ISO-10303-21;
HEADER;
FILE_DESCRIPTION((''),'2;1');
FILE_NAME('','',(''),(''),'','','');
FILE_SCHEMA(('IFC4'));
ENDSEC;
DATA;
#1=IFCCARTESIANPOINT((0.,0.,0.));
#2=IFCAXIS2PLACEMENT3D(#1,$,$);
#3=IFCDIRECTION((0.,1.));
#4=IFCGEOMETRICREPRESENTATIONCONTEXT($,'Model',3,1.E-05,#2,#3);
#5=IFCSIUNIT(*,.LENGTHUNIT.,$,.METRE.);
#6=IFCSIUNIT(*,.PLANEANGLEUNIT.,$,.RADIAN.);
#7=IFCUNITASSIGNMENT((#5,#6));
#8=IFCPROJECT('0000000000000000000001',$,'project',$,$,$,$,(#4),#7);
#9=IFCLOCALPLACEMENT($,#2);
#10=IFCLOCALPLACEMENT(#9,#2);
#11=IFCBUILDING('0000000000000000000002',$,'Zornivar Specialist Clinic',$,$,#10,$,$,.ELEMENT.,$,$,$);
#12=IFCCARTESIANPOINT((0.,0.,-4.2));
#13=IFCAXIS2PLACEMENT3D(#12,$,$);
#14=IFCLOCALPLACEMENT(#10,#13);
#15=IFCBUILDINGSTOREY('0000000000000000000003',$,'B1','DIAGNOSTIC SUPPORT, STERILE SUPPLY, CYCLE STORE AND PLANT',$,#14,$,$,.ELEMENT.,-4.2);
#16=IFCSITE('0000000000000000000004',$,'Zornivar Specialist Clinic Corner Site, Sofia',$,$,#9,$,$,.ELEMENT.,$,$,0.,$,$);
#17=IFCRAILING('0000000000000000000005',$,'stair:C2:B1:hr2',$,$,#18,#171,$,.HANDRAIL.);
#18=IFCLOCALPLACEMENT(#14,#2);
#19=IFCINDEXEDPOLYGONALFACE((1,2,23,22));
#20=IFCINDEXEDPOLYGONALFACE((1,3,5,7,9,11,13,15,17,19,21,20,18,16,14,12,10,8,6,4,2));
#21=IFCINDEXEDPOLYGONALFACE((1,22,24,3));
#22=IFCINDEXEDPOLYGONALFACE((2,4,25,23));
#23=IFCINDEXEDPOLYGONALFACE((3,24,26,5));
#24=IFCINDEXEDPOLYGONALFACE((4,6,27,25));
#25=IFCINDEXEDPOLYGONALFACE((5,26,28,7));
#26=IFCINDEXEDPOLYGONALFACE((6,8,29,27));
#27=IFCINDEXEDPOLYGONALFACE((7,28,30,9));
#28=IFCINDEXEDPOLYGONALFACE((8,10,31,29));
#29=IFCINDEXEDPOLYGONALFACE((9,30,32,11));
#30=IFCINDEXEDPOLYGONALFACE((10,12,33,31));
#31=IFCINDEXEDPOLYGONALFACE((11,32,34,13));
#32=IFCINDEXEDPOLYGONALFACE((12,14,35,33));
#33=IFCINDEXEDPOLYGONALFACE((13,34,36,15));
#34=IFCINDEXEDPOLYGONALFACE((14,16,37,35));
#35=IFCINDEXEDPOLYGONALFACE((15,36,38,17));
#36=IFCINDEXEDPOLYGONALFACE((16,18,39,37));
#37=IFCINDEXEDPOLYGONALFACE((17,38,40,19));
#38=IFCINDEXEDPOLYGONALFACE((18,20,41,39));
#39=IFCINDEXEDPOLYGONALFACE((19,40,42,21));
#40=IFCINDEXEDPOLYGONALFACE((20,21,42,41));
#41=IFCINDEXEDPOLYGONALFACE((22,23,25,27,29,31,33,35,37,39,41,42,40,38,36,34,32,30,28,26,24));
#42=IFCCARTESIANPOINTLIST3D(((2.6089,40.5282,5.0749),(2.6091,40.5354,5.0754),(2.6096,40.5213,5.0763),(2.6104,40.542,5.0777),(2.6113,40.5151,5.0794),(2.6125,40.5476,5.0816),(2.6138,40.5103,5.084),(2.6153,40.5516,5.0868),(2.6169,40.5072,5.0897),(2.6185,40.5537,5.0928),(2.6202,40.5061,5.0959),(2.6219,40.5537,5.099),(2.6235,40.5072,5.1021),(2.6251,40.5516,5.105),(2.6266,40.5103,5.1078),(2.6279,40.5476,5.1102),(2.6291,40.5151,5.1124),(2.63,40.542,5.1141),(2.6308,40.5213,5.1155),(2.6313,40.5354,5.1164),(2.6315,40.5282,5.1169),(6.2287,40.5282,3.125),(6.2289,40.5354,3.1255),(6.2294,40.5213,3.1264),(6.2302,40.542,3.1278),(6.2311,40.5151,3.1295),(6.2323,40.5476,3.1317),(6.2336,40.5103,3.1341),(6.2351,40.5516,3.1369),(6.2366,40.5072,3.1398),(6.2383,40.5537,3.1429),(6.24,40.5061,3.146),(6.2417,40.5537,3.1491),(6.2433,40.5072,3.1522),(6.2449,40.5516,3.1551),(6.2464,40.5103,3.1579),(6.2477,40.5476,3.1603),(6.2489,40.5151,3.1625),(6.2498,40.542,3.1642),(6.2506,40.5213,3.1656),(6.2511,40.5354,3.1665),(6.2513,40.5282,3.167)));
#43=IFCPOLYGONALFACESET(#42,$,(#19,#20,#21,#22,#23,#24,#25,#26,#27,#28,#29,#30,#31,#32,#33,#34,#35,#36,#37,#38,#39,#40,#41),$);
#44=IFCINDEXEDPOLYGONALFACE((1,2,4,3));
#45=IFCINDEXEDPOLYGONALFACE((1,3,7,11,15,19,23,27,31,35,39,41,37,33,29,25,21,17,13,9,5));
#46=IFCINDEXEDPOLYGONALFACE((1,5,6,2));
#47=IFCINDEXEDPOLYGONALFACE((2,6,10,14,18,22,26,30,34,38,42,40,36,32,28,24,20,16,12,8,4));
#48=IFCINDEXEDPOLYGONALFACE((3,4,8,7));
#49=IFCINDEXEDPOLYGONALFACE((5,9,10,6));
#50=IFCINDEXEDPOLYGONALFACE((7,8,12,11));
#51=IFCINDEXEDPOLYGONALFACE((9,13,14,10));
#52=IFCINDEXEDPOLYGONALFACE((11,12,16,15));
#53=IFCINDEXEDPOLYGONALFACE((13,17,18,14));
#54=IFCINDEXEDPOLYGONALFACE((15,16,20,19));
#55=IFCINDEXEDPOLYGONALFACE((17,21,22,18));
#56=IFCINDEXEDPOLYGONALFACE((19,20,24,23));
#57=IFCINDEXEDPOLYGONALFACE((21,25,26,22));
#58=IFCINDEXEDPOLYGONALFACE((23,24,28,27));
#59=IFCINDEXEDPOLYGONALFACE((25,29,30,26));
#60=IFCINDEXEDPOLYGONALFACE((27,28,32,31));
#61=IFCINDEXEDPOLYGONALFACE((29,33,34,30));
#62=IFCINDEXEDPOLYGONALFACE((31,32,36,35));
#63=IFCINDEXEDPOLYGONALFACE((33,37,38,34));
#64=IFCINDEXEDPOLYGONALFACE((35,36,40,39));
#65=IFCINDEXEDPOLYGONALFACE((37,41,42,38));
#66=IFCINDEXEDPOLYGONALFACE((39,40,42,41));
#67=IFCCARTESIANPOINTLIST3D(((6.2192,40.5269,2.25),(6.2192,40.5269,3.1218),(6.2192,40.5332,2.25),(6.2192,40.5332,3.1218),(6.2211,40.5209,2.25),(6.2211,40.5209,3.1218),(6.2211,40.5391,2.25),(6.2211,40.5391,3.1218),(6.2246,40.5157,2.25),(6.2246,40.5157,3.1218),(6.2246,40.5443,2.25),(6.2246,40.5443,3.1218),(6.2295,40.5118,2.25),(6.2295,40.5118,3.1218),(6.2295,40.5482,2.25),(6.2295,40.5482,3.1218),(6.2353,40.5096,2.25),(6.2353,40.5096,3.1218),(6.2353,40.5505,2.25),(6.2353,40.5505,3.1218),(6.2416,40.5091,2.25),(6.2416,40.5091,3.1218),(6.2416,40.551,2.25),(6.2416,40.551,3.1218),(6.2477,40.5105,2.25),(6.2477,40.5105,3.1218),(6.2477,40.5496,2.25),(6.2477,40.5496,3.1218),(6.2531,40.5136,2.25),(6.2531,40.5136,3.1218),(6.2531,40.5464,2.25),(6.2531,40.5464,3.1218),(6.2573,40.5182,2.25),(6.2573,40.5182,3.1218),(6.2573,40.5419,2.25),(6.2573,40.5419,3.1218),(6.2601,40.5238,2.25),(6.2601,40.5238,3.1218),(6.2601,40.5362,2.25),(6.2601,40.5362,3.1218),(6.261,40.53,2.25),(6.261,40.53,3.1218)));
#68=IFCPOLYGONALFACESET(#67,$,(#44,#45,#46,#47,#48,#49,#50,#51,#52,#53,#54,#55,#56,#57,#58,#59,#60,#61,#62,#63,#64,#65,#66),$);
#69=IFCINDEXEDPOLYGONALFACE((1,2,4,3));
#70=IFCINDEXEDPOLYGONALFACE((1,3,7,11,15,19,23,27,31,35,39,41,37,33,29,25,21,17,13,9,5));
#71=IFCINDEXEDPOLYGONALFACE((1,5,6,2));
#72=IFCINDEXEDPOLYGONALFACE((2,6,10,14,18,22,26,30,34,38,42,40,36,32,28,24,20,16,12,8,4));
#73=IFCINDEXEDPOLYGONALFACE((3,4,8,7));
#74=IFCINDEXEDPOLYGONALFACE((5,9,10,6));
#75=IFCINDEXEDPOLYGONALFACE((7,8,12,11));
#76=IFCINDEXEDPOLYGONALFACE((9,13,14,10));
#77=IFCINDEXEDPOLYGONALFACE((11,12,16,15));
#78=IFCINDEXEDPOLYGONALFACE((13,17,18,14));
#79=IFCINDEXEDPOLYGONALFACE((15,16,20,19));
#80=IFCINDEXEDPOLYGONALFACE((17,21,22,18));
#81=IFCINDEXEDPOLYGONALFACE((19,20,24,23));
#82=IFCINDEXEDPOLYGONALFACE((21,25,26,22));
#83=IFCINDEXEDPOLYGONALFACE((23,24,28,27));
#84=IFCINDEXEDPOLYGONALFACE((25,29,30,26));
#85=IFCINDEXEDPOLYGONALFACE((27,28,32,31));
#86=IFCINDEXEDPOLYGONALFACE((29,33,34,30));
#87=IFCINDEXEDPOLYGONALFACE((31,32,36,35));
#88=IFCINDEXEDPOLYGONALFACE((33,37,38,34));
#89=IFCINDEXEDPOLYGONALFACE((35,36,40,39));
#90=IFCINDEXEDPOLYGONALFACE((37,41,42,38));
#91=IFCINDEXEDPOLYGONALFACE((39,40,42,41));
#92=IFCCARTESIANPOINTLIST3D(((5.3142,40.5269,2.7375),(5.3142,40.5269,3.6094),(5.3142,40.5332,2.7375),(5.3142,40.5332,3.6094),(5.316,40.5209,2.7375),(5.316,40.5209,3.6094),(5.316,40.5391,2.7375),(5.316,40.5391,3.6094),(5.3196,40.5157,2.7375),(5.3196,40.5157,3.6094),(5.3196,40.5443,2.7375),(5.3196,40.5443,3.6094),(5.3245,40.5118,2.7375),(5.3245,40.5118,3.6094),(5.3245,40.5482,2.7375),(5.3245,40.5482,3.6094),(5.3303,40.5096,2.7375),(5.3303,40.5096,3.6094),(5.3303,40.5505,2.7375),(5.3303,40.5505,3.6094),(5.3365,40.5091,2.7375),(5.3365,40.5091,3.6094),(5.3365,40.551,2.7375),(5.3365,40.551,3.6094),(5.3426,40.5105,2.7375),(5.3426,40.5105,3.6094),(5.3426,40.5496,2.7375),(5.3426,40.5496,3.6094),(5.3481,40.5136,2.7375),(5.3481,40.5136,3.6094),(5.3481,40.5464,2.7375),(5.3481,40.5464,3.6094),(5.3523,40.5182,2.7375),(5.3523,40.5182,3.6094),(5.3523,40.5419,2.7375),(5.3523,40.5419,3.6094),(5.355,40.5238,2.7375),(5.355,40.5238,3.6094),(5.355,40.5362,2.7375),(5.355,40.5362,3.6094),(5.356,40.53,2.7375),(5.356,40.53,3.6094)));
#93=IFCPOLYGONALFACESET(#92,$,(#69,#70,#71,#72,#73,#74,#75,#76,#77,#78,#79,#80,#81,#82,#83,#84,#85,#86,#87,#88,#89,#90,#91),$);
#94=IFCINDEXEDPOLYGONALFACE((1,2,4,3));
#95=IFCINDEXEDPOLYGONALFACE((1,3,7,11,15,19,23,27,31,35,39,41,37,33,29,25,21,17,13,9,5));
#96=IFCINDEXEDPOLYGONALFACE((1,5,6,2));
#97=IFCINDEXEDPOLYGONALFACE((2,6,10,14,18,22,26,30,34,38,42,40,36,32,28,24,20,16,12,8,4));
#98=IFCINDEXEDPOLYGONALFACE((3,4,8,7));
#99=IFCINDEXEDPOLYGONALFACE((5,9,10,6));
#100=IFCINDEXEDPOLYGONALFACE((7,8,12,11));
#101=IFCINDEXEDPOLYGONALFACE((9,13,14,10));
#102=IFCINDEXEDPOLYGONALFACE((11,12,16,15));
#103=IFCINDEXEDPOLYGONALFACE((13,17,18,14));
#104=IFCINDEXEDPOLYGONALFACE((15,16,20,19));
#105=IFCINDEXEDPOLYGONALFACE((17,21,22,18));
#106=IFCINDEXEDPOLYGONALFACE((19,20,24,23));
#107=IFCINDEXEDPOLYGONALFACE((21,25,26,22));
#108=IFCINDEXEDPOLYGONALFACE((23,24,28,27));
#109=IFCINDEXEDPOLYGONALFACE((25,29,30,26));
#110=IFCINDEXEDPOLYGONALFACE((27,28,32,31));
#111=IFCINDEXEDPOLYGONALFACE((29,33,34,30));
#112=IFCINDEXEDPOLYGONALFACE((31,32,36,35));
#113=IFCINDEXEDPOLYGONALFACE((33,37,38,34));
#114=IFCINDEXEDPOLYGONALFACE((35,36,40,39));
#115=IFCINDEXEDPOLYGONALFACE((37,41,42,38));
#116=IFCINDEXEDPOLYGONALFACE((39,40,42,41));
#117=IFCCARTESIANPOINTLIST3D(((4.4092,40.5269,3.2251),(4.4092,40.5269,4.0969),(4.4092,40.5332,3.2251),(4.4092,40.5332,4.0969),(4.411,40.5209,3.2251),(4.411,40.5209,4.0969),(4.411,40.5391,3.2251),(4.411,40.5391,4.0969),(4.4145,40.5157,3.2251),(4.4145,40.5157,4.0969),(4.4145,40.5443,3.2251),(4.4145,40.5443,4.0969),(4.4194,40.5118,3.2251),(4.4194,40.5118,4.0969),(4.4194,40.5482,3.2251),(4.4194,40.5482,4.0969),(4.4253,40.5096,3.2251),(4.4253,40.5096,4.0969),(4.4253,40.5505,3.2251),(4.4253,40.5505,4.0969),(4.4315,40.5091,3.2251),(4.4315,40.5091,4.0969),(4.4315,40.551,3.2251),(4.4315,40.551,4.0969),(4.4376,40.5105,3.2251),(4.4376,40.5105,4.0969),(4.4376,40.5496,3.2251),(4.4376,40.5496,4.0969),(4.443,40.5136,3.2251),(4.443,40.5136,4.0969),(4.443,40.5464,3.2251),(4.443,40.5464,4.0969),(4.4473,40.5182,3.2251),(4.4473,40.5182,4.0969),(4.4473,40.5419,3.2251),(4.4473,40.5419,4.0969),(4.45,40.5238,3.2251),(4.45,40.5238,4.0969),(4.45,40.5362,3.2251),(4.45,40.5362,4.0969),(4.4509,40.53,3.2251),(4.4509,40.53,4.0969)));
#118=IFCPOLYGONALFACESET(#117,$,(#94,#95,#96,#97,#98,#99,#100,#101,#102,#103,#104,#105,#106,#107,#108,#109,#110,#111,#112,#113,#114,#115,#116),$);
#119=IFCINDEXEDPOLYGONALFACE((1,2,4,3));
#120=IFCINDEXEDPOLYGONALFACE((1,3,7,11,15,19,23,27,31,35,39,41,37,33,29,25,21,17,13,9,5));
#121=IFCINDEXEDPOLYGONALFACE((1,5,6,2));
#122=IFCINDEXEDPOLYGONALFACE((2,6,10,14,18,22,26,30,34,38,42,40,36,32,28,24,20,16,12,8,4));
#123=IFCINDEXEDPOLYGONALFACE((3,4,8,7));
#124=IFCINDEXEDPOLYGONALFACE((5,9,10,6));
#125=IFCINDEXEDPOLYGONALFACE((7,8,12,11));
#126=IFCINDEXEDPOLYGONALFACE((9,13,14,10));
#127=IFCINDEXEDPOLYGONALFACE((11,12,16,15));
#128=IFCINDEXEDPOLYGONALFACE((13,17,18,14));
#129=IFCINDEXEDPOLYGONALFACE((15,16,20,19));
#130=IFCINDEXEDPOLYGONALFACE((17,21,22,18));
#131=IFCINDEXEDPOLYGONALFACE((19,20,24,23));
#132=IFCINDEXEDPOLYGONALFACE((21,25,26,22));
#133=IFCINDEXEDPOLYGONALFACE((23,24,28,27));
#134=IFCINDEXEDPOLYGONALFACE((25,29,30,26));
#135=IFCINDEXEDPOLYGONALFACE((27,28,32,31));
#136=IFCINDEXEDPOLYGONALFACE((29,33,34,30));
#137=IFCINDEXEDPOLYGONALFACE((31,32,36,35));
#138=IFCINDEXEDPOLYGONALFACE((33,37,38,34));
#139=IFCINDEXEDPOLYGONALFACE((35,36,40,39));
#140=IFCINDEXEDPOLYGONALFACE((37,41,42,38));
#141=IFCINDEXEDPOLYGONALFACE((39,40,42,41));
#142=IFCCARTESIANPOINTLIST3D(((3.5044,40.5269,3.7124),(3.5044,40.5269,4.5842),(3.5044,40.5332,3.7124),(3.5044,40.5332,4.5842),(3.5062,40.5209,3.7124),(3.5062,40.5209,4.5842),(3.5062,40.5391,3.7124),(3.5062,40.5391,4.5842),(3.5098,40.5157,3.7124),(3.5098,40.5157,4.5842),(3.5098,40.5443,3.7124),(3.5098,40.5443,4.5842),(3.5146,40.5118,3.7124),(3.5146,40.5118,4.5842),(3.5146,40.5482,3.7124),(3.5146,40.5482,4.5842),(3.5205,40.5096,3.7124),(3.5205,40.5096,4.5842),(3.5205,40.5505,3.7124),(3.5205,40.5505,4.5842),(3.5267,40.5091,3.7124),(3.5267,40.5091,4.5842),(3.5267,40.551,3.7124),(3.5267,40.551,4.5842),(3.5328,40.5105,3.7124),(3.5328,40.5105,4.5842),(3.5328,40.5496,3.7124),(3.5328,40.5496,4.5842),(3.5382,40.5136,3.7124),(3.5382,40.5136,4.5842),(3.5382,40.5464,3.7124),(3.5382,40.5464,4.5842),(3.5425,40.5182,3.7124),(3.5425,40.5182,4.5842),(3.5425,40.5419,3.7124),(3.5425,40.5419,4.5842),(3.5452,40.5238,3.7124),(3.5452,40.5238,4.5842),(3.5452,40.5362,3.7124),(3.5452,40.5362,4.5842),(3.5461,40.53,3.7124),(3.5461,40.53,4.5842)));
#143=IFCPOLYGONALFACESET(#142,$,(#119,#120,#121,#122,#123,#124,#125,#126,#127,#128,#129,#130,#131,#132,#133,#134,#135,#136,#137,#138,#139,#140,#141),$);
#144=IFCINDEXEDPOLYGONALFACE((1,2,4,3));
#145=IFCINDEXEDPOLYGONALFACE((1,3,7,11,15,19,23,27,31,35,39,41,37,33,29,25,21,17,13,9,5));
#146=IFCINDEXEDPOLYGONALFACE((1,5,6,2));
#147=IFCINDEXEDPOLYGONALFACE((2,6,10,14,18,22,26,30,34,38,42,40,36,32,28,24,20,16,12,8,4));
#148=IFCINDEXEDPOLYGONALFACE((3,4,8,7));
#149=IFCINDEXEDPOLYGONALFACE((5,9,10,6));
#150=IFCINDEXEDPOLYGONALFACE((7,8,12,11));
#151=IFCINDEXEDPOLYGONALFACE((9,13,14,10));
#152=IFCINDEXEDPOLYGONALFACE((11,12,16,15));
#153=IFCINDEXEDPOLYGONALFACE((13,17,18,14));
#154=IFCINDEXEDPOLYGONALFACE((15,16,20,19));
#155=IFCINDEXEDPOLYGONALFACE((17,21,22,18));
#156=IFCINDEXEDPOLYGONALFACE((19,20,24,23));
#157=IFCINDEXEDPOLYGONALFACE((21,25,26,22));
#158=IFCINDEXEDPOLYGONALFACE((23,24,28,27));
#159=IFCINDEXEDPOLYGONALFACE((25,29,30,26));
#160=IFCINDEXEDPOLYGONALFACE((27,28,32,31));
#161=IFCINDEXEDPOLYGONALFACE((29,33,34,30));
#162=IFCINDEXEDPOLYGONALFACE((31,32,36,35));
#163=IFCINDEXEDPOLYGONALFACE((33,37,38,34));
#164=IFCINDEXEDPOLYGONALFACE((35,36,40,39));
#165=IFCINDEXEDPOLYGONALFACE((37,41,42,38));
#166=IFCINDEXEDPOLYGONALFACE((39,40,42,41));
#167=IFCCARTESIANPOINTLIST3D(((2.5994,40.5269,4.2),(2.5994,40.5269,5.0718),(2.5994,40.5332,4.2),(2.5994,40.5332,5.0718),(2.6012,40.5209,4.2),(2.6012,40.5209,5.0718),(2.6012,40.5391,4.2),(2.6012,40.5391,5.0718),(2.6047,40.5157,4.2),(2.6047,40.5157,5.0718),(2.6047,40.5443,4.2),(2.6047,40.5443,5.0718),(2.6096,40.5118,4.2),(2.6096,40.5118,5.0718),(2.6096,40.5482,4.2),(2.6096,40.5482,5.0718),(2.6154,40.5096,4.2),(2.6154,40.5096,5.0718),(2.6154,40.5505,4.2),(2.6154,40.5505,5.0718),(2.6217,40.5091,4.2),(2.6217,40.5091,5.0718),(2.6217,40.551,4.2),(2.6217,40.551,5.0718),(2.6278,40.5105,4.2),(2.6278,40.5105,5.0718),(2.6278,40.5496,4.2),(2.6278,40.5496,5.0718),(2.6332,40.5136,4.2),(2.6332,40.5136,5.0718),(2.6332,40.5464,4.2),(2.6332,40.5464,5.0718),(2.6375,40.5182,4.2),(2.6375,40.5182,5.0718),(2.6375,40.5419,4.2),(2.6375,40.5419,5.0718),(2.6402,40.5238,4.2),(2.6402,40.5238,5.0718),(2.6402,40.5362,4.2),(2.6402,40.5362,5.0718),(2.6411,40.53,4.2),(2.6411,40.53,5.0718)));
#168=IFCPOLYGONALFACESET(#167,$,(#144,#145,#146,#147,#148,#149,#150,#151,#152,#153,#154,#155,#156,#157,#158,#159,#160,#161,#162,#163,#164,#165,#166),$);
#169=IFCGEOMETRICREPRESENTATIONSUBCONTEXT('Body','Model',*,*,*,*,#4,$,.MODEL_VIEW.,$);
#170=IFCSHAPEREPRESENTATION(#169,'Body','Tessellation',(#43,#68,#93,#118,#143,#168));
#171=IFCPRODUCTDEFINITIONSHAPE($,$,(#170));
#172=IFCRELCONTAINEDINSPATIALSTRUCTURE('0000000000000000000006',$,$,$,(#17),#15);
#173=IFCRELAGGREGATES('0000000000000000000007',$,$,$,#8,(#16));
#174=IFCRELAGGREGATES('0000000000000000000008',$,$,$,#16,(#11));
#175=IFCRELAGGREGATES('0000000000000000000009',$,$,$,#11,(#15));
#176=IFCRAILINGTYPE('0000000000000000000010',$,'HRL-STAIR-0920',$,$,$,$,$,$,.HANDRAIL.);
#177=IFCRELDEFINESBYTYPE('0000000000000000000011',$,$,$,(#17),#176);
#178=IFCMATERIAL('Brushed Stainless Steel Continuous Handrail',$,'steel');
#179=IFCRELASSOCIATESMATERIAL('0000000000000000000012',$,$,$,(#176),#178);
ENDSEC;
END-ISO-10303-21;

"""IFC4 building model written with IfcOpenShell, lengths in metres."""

from ifc_helpers import new_model, si_unit, direction, frame, origin, origin_2d, place, context, subcontext, project, spatial, circle, extrude, material, type_object, element, save


model = new_model("IFC4")

# Units and contexts
model_context = context("Model", 3, precision=1e-05, world=origin(), true_north=direction((0.0, 1.0)))
body_context = subcontext(model_context, "Body", "Model", "MODEL_VIEW")
ifc_project = project(units=[si_unit("LENGTHUNIT", "METRE"), si_unit("PLANEANGLEUNIT", "RADIAN")], contexts=[model_context])

# Site, building, storey
site_placement = place(None, origin())
site = spatial("IfcSite", under=ifc_project, at=site_placement, Name="Zornivar Specialist Clinic Corner Site, Sofia", CompositionType="ELEMENT", RefElevation=0.0)
building_placement = place(site_placement, origin())
building = spatial("IfcBuilding", under=site, at=building_placement, Name="Zornivar Specialist Clinic", CompositionType="ELEMENT")
storey_placement = place(building_placement, frame((0.0, 0.0, -4.2)))
storey = spatial("IfcBuildingStorey", under=building, at=storey_placement, Name="B1", Description="DIAGNOSTIC SUPPORT, STERILE SUPPLY, CYCLE STORE AND PLANT", CompositionType="ELEMENT", Elevation=-4.2)

# Railing
ifc_material_1 = material(Name="Brushed Stainless Steel Continuous Handrail", Category="steel")
railing_type_1 = type_object("IfcRailingType", Name="HRL-STAIR-0920", PredefinedType="HANDRAIL", material=ifc_material_1)
railing_1_placement = place(storey_placement, frame((6.24, 40.53, 2.25)))
element("IfcRailing", 1, at=railing_1_placement, inside=storey, type_object=railing_type_1, Name="stair:C2:B1:hr2", PredefinedType="HANDRAIL", context=body_context, shape_type="SweptSolid", body=[
    extrude(circle(Radius=0.0239, at=origin_2d()), frame((0.0, 0.0, 0.896), z_axis=(-0.880391, 0.0, 0.474249), x_axis=(0.0, -1.0, 0.0)), (0.0, 0.0, 1.0), 4.1116),
    extrude(circle(Radius=0.021, at=origin_2d()), origin(), (0.0, 0.0, 1.0), 0.8718),
    extrude(circle(Radius=0.021, at=origin_2d()), frame((-0.905, 0.0, 0.4875)), (0.0, 0.0, 1.0), 0.8718),
    extrude(circle(Radius=0.021, at=origin_2d()), frame((-1.8101, 0.0, 0.9751)), (0.0, 0.0, 1.0), 0.8718),
    extrude(circle(Radius=0.021, at=origin_2d()), frame((-2.7148, 0.0, 1.4624)), (0.0, 0.0, 1.0), 0.8718),
    extrude(circle(Radius=0.021, at=origin_2d()), frame((-3.6199, 0.0, 1.95)), (0.0, 0.0, 1.0), 0.8718),
])

save(model, "model.ifc")
